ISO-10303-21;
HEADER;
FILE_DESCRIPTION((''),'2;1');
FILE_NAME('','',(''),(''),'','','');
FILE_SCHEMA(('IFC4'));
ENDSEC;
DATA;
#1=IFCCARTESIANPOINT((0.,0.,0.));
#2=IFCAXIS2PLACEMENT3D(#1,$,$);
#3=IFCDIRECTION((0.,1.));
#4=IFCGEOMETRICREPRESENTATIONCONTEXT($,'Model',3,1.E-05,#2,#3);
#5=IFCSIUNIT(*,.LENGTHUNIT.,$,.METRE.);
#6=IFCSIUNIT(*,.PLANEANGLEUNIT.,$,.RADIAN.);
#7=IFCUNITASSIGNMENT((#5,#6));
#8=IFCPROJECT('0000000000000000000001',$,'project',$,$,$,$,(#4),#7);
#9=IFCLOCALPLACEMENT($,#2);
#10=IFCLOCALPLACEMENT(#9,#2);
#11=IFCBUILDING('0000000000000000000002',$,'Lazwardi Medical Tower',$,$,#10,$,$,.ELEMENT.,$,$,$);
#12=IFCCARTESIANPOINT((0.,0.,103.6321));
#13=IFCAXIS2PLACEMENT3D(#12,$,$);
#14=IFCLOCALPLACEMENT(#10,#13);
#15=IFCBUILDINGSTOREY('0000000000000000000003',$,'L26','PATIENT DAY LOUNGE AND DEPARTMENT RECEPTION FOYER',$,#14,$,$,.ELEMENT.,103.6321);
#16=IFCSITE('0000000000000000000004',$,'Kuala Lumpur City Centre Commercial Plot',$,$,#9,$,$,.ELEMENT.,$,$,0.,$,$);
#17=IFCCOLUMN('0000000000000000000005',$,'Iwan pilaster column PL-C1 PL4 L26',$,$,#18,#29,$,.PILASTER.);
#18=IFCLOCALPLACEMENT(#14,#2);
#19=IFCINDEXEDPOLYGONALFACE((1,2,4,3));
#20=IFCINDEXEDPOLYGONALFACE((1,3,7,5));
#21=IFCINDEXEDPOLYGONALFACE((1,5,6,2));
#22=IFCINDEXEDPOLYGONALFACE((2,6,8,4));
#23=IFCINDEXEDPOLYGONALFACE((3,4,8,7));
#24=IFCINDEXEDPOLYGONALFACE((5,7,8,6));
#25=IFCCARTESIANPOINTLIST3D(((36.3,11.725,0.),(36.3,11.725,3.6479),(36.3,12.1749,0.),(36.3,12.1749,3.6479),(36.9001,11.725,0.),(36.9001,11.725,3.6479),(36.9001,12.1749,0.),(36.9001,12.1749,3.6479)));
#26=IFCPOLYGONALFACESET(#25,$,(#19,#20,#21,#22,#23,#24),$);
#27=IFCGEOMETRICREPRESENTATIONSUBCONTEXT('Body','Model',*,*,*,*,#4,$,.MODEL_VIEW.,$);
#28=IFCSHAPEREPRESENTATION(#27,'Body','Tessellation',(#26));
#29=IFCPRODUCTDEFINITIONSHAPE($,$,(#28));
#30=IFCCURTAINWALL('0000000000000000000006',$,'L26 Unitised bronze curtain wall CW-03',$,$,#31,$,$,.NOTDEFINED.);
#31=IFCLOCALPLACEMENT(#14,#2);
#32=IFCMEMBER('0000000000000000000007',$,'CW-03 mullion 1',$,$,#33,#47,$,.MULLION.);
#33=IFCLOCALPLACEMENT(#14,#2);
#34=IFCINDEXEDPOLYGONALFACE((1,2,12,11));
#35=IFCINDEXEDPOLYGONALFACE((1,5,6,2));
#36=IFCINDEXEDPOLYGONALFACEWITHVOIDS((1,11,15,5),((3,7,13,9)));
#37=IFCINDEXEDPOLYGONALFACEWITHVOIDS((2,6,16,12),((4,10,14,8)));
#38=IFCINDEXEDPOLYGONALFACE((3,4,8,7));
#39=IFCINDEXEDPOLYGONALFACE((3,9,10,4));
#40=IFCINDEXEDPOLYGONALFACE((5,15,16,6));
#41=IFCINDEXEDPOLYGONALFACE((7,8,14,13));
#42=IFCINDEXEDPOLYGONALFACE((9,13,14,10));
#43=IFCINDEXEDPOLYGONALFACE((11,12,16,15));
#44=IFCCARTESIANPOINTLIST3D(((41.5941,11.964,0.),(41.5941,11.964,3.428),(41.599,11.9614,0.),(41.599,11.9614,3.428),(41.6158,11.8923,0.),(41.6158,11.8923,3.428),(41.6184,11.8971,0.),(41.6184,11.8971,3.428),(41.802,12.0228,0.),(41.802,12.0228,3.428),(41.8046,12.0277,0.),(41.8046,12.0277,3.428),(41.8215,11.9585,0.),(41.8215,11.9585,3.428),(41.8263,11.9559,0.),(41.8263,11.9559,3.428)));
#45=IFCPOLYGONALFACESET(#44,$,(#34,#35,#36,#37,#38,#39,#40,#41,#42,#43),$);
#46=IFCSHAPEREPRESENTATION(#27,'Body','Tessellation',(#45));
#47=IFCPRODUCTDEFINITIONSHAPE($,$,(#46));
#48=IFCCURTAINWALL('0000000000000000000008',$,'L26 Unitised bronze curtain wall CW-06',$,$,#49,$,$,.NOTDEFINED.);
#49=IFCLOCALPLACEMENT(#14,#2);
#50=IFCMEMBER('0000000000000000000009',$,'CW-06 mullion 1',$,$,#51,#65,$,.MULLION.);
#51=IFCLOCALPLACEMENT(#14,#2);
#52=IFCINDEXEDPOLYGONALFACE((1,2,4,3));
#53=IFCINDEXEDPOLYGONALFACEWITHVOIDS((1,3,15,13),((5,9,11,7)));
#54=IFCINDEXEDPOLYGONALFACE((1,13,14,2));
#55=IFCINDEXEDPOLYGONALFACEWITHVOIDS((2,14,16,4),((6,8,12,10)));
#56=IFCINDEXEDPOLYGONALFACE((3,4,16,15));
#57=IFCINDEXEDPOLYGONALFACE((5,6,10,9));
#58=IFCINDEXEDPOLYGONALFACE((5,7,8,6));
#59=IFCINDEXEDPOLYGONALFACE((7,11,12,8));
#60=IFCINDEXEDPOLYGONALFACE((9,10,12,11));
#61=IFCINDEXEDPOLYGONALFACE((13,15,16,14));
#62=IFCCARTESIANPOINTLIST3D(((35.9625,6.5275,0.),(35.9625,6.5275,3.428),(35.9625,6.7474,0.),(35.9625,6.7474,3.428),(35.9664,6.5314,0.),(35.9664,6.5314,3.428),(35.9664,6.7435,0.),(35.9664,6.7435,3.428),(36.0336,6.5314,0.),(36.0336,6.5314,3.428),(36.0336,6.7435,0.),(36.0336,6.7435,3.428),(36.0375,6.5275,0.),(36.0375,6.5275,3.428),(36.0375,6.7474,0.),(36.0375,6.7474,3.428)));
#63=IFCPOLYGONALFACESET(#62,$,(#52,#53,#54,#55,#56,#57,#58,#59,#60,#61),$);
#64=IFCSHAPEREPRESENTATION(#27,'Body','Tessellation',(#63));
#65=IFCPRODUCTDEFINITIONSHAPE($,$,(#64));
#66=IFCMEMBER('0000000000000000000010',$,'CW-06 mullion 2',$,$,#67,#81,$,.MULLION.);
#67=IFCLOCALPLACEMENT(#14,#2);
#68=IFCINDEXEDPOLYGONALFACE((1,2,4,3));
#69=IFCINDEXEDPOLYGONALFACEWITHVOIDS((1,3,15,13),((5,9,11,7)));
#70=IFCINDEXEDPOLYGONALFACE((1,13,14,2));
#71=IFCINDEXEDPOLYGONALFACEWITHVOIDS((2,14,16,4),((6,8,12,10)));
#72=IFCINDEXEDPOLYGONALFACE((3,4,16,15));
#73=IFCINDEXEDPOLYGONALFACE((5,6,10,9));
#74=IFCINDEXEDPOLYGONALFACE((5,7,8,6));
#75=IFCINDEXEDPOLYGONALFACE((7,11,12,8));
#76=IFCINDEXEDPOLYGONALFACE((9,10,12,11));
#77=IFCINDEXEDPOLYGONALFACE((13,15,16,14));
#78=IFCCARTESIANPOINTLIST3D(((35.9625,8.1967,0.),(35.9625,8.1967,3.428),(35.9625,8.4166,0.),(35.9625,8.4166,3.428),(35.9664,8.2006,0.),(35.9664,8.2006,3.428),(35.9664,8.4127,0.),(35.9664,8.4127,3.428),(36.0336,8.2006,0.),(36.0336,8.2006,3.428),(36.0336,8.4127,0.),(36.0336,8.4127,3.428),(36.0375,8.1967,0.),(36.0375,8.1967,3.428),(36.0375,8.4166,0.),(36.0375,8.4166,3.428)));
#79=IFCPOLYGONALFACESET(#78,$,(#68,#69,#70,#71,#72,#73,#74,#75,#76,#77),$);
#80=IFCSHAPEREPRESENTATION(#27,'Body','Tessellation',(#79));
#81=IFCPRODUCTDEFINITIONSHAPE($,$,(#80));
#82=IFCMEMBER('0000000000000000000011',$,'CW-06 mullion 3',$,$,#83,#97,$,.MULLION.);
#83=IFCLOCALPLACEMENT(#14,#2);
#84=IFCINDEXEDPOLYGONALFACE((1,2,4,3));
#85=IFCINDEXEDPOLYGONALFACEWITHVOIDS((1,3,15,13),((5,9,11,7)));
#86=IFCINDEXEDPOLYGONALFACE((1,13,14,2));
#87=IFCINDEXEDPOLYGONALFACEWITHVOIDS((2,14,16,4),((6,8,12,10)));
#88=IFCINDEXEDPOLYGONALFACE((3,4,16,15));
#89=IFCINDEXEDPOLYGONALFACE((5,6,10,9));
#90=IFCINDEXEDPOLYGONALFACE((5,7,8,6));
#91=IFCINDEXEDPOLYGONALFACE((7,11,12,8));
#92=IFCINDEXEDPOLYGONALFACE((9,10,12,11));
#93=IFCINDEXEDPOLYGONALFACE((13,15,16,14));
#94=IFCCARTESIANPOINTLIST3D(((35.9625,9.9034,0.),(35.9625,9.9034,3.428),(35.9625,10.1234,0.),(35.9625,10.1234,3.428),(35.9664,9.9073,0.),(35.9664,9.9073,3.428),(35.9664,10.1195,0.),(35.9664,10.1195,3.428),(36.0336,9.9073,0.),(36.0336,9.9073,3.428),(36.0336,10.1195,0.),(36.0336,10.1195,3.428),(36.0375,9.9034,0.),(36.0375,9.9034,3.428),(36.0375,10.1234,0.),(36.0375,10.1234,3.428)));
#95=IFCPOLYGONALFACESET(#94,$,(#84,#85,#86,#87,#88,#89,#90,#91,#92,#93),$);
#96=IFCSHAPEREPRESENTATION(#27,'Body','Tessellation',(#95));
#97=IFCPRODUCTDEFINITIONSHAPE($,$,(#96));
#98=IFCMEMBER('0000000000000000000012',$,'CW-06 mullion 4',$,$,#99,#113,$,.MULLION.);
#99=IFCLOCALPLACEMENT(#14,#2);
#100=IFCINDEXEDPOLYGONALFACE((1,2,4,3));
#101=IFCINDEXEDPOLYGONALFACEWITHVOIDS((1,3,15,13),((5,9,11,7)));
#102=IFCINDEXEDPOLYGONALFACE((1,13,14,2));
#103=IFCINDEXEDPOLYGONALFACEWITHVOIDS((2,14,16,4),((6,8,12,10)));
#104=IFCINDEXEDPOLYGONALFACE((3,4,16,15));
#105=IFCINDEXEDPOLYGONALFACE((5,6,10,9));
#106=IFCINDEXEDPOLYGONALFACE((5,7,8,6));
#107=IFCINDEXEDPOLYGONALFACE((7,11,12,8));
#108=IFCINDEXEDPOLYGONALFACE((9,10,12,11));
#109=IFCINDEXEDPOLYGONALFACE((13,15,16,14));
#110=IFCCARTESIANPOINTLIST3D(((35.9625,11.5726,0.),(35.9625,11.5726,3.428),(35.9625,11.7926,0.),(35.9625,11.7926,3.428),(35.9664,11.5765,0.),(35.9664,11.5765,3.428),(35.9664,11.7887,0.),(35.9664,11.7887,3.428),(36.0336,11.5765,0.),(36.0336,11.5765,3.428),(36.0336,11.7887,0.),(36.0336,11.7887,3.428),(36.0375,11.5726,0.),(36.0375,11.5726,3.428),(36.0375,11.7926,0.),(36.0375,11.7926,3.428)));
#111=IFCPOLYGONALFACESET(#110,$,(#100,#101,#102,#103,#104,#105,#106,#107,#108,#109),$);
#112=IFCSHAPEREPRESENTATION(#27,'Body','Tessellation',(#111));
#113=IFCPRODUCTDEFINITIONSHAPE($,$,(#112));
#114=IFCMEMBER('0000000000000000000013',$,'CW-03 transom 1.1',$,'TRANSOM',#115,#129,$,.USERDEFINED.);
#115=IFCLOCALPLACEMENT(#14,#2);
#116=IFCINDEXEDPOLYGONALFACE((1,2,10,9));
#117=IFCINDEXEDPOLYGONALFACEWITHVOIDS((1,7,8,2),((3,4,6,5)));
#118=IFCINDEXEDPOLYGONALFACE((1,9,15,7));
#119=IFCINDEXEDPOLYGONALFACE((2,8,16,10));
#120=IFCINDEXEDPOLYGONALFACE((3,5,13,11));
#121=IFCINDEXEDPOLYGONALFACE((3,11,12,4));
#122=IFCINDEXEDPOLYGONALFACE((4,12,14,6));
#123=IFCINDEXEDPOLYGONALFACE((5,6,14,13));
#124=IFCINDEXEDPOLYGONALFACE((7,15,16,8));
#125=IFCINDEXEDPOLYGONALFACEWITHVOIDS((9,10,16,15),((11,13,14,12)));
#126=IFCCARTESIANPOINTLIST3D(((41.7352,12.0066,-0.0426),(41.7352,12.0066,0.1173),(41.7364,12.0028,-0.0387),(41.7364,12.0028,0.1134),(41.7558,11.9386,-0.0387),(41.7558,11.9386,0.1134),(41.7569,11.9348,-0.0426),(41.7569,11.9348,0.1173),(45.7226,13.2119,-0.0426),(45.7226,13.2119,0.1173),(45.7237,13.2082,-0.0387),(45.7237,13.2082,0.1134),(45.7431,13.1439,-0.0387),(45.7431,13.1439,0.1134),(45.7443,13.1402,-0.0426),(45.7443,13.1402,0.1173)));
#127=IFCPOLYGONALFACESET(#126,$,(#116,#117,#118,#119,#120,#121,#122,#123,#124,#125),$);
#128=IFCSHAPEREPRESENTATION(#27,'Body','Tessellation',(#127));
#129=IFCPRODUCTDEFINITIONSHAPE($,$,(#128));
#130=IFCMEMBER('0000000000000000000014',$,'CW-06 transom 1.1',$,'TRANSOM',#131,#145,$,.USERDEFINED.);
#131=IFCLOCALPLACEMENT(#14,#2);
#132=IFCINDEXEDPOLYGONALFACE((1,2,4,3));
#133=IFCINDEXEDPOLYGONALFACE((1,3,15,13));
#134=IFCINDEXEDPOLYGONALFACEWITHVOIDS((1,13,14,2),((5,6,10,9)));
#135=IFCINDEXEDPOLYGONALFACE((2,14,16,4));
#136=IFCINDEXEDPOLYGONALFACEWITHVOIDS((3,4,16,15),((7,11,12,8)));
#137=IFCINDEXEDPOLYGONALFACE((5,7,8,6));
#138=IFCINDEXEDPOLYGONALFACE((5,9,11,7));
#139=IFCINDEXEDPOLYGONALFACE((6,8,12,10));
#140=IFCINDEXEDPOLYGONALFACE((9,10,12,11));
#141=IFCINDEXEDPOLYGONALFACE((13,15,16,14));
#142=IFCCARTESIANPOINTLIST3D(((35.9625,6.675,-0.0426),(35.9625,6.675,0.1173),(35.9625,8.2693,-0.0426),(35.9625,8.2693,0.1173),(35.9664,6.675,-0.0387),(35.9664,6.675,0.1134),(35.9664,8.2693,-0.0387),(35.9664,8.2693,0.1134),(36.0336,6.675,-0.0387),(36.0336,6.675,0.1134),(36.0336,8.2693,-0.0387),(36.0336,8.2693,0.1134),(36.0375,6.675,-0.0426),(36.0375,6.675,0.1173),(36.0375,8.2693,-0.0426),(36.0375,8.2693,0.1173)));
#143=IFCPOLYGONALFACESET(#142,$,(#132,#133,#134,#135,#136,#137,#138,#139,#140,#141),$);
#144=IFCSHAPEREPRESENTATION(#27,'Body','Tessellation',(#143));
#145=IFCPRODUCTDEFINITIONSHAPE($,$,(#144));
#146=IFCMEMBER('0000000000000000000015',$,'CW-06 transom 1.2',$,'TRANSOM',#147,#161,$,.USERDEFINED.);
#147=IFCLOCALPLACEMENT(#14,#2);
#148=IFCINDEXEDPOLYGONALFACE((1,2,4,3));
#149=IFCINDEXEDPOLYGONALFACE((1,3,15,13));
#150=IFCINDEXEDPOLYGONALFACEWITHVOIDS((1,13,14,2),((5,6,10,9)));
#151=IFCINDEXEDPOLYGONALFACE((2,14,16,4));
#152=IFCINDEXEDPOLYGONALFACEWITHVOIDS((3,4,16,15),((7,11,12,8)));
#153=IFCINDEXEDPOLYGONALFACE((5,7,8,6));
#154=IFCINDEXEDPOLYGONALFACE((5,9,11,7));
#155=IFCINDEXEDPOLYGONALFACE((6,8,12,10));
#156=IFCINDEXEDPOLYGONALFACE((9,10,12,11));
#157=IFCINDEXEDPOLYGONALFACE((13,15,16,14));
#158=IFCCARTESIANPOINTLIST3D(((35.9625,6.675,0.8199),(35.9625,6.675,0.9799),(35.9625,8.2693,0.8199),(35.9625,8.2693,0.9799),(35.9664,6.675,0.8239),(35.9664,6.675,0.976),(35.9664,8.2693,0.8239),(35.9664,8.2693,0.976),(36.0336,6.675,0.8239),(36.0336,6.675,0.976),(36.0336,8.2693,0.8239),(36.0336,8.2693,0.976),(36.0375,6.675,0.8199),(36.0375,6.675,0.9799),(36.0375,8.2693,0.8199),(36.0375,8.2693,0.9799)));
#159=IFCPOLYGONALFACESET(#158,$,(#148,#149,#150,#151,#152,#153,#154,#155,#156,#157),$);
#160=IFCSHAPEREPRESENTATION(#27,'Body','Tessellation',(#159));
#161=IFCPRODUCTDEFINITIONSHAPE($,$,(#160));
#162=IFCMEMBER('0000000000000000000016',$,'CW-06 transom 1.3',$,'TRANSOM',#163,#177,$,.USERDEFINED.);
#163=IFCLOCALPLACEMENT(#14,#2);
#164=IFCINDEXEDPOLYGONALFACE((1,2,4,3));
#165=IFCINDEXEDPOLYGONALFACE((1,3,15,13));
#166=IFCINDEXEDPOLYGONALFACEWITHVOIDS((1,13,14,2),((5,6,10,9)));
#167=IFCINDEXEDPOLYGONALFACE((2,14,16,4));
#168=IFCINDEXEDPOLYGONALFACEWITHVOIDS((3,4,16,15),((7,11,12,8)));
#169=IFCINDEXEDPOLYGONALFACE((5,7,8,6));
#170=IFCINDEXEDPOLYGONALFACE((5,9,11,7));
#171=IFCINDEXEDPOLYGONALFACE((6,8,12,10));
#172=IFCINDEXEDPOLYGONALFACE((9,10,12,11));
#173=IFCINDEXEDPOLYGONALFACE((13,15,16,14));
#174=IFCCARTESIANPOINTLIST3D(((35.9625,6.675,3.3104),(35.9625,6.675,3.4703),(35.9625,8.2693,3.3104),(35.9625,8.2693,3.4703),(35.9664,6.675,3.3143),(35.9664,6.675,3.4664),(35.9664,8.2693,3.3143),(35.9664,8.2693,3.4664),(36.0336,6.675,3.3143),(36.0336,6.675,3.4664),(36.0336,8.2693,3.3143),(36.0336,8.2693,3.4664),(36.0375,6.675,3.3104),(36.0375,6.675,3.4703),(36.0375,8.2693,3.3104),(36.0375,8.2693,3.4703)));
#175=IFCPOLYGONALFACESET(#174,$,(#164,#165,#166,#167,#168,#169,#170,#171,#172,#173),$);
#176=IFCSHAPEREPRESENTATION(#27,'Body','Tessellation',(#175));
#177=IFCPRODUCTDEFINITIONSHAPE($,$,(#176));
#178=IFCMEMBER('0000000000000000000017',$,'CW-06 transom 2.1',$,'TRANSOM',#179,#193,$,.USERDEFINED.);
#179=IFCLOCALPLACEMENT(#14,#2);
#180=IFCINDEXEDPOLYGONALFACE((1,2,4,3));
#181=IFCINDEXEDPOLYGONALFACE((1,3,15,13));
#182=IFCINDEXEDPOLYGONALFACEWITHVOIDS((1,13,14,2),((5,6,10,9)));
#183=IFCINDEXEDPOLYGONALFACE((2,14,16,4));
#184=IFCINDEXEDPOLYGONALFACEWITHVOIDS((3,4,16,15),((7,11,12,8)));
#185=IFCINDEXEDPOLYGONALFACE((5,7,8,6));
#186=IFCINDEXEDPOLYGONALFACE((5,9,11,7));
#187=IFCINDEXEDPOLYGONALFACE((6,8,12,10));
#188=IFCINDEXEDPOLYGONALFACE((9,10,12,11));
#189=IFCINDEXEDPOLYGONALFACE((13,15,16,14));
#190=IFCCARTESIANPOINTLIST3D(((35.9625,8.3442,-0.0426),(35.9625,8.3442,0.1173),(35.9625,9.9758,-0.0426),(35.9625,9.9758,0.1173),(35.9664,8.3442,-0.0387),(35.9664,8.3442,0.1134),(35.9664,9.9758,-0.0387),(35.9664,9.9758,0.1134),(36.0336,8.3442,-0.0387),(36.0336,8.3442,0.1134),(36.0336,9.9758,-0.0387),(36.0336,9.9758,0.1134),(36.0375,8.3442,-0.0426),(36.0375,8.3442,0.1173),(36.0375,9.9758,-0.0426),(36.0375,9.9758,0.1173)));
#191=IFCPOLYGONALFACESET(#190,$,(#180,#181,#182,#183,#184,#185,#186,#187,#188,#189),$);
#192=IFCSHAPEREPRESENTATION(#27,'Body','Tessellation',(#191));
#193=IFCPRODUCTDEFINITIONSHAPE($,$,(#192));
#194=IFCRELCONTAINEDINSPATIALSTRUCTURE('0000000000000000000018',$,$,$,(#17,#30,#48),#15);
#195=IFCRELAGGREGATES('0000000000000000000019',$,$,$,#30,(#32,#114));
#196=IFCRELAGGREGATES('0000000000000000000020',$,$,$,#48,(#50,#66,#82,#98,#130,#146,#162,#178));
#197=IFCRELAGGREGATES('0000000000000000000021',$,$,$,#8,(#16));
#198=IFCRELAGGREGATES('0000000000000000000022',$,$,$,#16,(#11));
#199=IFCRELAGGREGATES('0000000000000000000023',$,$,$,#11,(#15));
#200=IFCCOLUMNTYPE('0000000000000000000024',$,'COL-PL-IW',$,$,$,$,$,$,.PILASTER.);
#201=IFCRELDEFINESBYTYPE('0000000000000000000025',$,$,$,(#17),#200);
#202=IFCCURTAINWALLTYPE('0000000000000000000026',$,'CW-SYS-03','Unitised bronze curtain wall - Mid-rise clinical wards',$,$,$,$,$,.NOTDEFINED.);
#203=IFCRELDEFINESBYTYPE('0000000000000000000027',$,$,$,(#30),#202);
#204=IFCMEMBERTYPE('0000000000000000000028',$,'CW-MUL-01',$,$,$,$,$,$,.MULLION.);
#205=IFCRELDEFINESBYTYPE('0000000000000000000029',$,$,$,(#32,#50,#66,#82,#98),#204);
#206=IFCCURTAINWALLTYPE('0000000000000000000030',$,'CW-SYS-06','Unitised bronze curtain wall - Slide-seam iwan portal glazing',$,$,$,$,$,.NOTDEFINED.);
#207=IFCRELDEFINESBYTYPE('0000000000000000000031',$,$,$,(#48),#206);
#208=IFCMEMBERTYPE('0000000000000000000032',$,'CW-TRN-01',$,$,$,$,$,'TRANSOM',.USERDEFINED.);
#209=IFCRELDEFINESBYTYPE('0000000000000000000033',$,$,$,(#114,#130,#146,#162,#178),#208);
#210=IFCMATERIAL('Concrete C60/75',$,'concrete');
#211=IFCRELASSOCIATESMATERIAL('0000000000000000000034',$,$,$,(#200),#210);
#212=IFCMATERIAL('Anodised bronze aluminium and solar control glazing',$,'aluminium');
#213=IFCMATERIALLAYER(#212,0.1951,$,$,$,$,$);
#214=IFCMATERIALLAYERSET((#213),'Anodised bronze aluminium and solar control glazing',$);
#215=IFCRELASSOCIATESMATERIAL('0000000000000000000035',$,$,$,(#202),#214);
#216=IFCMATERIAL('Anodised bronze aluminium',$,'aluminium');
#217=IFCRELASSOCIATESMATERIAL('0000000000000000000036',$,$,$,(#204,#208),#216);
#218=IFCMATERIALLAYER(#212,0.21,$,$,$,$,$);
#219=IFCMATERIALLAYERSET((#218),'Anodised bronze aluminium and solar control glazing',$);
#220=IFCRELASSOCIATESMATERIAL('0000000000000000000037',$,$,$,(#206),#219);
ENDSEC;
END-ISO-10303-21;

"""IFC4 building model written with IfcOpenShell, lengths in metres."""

from ifc_helpers import new_model, si_unit, direction, frame, origin, origin_2d, place, context, subcontext, project, spatial, rectangle, hollow_rectangle, extrude, material, layer, layer_set, material_profile, profile_set, type_object, element, aggregate, save


model = new_model("IFC4")

# Units and contexts
model_context = context("Model", 3, precision=1e-05, world=origin(), true_north=direction((0.0, 1.0)))
body_context = subcontext(model_context, "Body", "Model", "MODEL_VIEW")
ifc_project = project(units=[si_unit("LENGTHUNIT", "METRE"), si_unit("PLANEANGLEUNIT", "RADIAN")], contexts=[model_context])

# Site, building, storey
site_placement = place(None, origin())
site = spatial("IfcSite", under=ifc_project, at=site_placement, Name="Kuala Lumpur City Centre Commercial Plot", CompositionType="ELEMENT", RefElevation=0.0)
building_placement = place(site_placement, origin())
building = spatial("IfcBuilding", under=site, at=building_placement, Name="Lazwardi Medical Tower", CompositionType="ELEMENT")
storey_placement = place(building_placement, frame((0.0, 0.0, 103.6321)))
storey = spatial("IfcBuildingStorey", under=building, at=storey_placement, Name="L26", Description="PATIENT DAY LOUNGE AND DEPARTMENT RECEPTION FOYER", CompositionType="ELEMENT", Elevation=103.6321)

# Column
ifc_material_1 = material(Name="Concrete C60/75", Category="concrete")
ifc_material_profile_1 = material_profile(ifc_material_1, rectangle(XDim=0.6001, YDim=0.45, at=origin_2d()), Name="RC 600x450")
ifc_profile_set_1 = profile_set([ifc_material_profile_1], Name="Concrete C60/75")
column_type = type_object("IfcColumnType", Name="COL-PL-IW", PredefinedType="PILASTER", material=ifc_profile_set_1)
column_placement = place(storey_placement, frame((36.6001, 11.95, 0.0), z_axis=(0.0, 0.0, 1.0), x_axis=(1.0, 0.0, 0.0)))
element("IfcColumn", 1, at=column_placement, inside=storey, type_object=column_type, Name="Iwan pilaster column PL-C1 PL4 L26", PredefinedType="PILASTER", context=body_context, shape_type="SweptSolid", body=[
    extrude(rectangle(XDim=0.6001, YDim=0.45, at=origin_2d()), origin(), (0.0, 0.0, 1.0), 3.6479),
])

# Curtain wall, member
ifc_material_2 = material(Name="Anodised bronze aluminium and solar control glazing", Category="aluminium")
ifc_layer_1 = layer(ifc_material_2, 0.1951)
ifc_layer_set_1 = layer_set([ifc_layer_1], Name="Anodised bronze aluminium and solar control glazing")
curtain_wall_type_1 = type_object("IfcCurtainWallType", Name="CW-SYS-03", Description="Unitised bronze curtain wall - Mid-rise clinical wards", PredefinedType="NOTDEFINED", material=ifc_layer_set_1)
curtain_wall_1_placement = place(storey_placement, origin())
curtain_wall_1 = element("IfcCurtainWall", 2, at=curtain_wall_1_placement, inside=storey, type_object=curtain_wall_type_1, Name="L26 Unitised bronze curtain wall CW-03", PredefinedType="NOTDEFINED")
ifc_material_3 = material(Name="Anodised bronze aluminium", Category="aluminium")
ifc_material_profile_2 = material_profile(ifc_material_3, hollow_rectangle(XDim=0.075, YDim=0.22, WallThickness=0.0039, at=origin_2d()), Name="ALU-MULLION 220x75x4")
ifc_profile_set_2 = profile_set([ifc_material_profile_2], Name="Anodised bronze aluminium")
member_type_1 = type_object("IfcMemberType", Name="CW-MUL-01", PredefinedType="MULLION", material=ifc_profile_set_2)
member_1_placement = place(storey_placement, frame((41.7102, 11.96, 0.0), z_axis=(0.0, 0.0, 1.0), x_axis=(-0.289374, 0.957216, 0.0)))
member_1 = element("IfcMember", 3, at=member_1_placement, type_object=member_type_1, Name="CW-03 mullion 1", PredefinedType="MULLION", context=body_context, shape_type="SweptSolid", body=[
    extrude(hollow_rectangle(XDim=0.075, YDim=0.22, WallThickness=0.0039, at=origin_2d()), origin(), (0.0, 0.0, 1.0), 3.428),
])

# Curtain wall, members
ifc_layer_2 = layer(ifc_material_2, 0.21)
ifc_layer_set_2 = layer_set([ifc_layer_2], Name="Anodised bronze aluminium and solar control glazing")
curtain_wall_type_2 = type_object("IfcCurtainWallType", Name="CW-SYS-06", Description="Unitised bronze curtain wall - Slide-seam iwan portal glazing", PredefinedType="NOTDEFINED", material=ifc_layer_set_2)
curtain_wall_2_placement = place(storey_placement, origin())
curtain_wall_2 = element("IfcCurtainWall", 4, at=curtain_wall_2_placement, inside=storey, type_object=curtain_wall_type_2, Name="L26 Unitised bronze curtain wall CW-06", PredefinedType="NOTDEFINED")
member_2_placement = place(storey_placement, frame((36.0, 6.6375, 0.0), z_axis=(0.0, 0.0, 1.0), x_axis=(-1.0, 0.0, 0.0)))
member_2 = element("IfcMember", 5, at=member_2_placement, type_object=member_type_1, Name="CW-06 mullion 1", PredefinedType="MULLION", context=body_context, shape_type="SweptSolid", body=[
    extrude(hollow_rectangle(XDim=0.075, YDim=0.22, WallThickness=0.0039, at=origin_2d()), origin(), (0.0, 0.0, 1.0), 3.428),
])
member_3_placement = place(storey_placement, frame((36.0, 8.3066, 0.0), z_axis=(0.0, 0.0, 1.0), x_axis=(-1.0, 0.0, 0.0)))
member_3 = element("IfcMember", 6, at=member_3_placement, type_object=member_type_1, Name="CW-06 mullion 2", PredefinedType="MULLION", context=body_context, shape_type="SweptSolid", body=[
    extrude(hollow_rectangle(XDim=0.075, YDim=0.22, WallThickness=0.0039, at=origin_2d()), origin(), (0.0, 0.0, 1.0), 3.428),
])
member_4_placement = place(storey_placement, frame((36.0, 10.0134, 0.0), z_axis=(0.0, 0.0, 1.0), x_axis=(-1.0, 0.0, 0.0)))
member_4 = element("IfcMember", 7, at=member_4_placement, type_object=member_type_1, Name="CW-06 mullion 3", PredefinedType="MULLION", context=body_context, shape_type="SweptSolid", body=[
    extrude(hollow_rectangle(XDim=0.075, YDim=0.22, WallThickness=0.0039, at=origin_2d()), origin(), (0.0, 0.0, 1.0), 3.428),
])
member_5_placement = place(storey_placement, frame((36.0, 11.6826, 0.0), z_axis=(0.0, 0.0, 1.0), x_axis=(-1.0, 0.0, 0.0)))
member_5 = element("IfcMember", 8, at=member_5_placement, type_object=member_type_1, Name="CW-06 mullion 4", PredefinedType="MULLION", context=body_context, shape_type="SweptSolid", body=[
    extrude(hollow_rectangle(XDim=0.075, YDim=0.22, WallThickness=0.0039, at=origin_2d()), origin(), (0.0, 0.0, 1.0), 3.428),
])

# Members
ifc_material_profile_3 = material_profile(ifc_material_3, hollow_rectangle(XDim=0.075, YDim=0.1599, WallThickness=0.0039, at=origin_2d()), Name="ALU-TRANSOM 160x75x4")
ifc_profile_set_3 = profile_set([ifc_material_profile_3], Name="Anodised bronze aluminium")
member_type_2 = type_object("IfcMemberType", Name="CW-TRN-01", ElementType="TRANSOM", PredefinedType="USERDEFINED", material=ifc_profile_set_3)
member_6_placement = place(storey_placement, frame((41.7461, 11.9707, 0.0374), z_axis=(0.957221, 0.289358, 0.0), x_axis=(-0.289358, 0.957221, 0.0)))
member_6 = element("IfcMember", 9, at=member_6_placement, type_object=member_type_2, Name="CW-03 transom 1.1", ObjectType="TRANSOM", PredefinedType="USERDEFINED", context=body_context, shape_type="SweptSolid", body=[
    extrude(hollow_rectangle(XDim=0.075, YDim=0.1599, WallThickness=0.0039, at=origin_2d()), origin(), (0.0, 0.0, 1.0), 4.1655),
])
aggregate(curtain_wall_1, [member_1, member_6])
member_7_placement = place(storey_placement, frame((36.0, 6.675, 0.0374), z_axis=(0.0, 1.0, 0.0), x_axis=(-1.0, 0.0, 0.0)))
member_7 = element("IfcMember", 10, at=member_7_placement, type_object=member_type_2, Name="CW-06 transom 1.1", ObjectType="TRANSOM", PredefinedType="USERDEFINED", context=body_context, shape_type="SweptSolid", body=[
    extrude(hollow_rectangle(XDim=0.075, YDim=0.1599, WallThickness=0.0039, at=origin_2d()), origin(), (0.0, 0.0, 1.0), 1.5942),
])
member_8_placement = place(storey_placement, frame((36.0, 6.675, 0.8999), z_axis=(0.0, 1.0, 0.0), x_axis=(-1.0, 0.0, 0.0)))
member_8 = element("IfcMember", 11, at=member_8_placement, type_object=member_type_2, Name="CW-06 transom 1.2", ObjectType="TRANSOM", PredefinedType="USERDEFINED", context=body_context, shape_type="SweptSolid", body=[
    extrude(hollow_rectangle(XDim=0.075, YDim=0.1599, WallThickness=0.0039, at=origin_2d()), origin(), (0.0, 0.0, 1.0), 1.5942),
])
member_9_placement = place(storey_placement, frame((36.0, 6.675, 3.3904), z_axis=(0.0, 1.0, 0.0), x_axis=(-1.0, 0.0, 0.0)))
member_9 = element("IfcMember", 12, at=member_9_placement, type_object=member_type_2, Name="CW-06 transom 1.3", ObjectType="TRANSOM", PredefinedType="USERDEFINED", context=body_context, shape_type="SweptSolid", body=[
    extrude(hollow_rectangle(XDim=0.075, YDim=0.1599, WallThickness=0.0039, at=origin_2d()), origin(), (0.0, 0.0, 1.0), 1.5942),
])
member_10_placement = place(storey_placement, frame((36.0, 8.3442, 0.0374), z_axis=(0.0, 1.0, 0.0), x_axis=(-1.0, 0.0, 0.0)))
member_10 = element("IfcMember", 13, at=member_10_placement, type_object=member_type_2, Name="CW-06 transom 2.1", ObjectType="TRANSOM", PredefinedType="USERDEFINED", context=body_context, shape_type="SweptSolid", body=[
    extrude(hollow_rectangle(XDim=0.075, YDim=0.1599, WallThickness=0.0039, at=origin_2d()), origin(), (0.0, 0.0, 1.0), 1.6316),
])

aggregate(curtain_wall_2, [member_2, member_3, member_4, member_5, member_7, member_8, member_9, member_10])

save(model, "model.ifc")
